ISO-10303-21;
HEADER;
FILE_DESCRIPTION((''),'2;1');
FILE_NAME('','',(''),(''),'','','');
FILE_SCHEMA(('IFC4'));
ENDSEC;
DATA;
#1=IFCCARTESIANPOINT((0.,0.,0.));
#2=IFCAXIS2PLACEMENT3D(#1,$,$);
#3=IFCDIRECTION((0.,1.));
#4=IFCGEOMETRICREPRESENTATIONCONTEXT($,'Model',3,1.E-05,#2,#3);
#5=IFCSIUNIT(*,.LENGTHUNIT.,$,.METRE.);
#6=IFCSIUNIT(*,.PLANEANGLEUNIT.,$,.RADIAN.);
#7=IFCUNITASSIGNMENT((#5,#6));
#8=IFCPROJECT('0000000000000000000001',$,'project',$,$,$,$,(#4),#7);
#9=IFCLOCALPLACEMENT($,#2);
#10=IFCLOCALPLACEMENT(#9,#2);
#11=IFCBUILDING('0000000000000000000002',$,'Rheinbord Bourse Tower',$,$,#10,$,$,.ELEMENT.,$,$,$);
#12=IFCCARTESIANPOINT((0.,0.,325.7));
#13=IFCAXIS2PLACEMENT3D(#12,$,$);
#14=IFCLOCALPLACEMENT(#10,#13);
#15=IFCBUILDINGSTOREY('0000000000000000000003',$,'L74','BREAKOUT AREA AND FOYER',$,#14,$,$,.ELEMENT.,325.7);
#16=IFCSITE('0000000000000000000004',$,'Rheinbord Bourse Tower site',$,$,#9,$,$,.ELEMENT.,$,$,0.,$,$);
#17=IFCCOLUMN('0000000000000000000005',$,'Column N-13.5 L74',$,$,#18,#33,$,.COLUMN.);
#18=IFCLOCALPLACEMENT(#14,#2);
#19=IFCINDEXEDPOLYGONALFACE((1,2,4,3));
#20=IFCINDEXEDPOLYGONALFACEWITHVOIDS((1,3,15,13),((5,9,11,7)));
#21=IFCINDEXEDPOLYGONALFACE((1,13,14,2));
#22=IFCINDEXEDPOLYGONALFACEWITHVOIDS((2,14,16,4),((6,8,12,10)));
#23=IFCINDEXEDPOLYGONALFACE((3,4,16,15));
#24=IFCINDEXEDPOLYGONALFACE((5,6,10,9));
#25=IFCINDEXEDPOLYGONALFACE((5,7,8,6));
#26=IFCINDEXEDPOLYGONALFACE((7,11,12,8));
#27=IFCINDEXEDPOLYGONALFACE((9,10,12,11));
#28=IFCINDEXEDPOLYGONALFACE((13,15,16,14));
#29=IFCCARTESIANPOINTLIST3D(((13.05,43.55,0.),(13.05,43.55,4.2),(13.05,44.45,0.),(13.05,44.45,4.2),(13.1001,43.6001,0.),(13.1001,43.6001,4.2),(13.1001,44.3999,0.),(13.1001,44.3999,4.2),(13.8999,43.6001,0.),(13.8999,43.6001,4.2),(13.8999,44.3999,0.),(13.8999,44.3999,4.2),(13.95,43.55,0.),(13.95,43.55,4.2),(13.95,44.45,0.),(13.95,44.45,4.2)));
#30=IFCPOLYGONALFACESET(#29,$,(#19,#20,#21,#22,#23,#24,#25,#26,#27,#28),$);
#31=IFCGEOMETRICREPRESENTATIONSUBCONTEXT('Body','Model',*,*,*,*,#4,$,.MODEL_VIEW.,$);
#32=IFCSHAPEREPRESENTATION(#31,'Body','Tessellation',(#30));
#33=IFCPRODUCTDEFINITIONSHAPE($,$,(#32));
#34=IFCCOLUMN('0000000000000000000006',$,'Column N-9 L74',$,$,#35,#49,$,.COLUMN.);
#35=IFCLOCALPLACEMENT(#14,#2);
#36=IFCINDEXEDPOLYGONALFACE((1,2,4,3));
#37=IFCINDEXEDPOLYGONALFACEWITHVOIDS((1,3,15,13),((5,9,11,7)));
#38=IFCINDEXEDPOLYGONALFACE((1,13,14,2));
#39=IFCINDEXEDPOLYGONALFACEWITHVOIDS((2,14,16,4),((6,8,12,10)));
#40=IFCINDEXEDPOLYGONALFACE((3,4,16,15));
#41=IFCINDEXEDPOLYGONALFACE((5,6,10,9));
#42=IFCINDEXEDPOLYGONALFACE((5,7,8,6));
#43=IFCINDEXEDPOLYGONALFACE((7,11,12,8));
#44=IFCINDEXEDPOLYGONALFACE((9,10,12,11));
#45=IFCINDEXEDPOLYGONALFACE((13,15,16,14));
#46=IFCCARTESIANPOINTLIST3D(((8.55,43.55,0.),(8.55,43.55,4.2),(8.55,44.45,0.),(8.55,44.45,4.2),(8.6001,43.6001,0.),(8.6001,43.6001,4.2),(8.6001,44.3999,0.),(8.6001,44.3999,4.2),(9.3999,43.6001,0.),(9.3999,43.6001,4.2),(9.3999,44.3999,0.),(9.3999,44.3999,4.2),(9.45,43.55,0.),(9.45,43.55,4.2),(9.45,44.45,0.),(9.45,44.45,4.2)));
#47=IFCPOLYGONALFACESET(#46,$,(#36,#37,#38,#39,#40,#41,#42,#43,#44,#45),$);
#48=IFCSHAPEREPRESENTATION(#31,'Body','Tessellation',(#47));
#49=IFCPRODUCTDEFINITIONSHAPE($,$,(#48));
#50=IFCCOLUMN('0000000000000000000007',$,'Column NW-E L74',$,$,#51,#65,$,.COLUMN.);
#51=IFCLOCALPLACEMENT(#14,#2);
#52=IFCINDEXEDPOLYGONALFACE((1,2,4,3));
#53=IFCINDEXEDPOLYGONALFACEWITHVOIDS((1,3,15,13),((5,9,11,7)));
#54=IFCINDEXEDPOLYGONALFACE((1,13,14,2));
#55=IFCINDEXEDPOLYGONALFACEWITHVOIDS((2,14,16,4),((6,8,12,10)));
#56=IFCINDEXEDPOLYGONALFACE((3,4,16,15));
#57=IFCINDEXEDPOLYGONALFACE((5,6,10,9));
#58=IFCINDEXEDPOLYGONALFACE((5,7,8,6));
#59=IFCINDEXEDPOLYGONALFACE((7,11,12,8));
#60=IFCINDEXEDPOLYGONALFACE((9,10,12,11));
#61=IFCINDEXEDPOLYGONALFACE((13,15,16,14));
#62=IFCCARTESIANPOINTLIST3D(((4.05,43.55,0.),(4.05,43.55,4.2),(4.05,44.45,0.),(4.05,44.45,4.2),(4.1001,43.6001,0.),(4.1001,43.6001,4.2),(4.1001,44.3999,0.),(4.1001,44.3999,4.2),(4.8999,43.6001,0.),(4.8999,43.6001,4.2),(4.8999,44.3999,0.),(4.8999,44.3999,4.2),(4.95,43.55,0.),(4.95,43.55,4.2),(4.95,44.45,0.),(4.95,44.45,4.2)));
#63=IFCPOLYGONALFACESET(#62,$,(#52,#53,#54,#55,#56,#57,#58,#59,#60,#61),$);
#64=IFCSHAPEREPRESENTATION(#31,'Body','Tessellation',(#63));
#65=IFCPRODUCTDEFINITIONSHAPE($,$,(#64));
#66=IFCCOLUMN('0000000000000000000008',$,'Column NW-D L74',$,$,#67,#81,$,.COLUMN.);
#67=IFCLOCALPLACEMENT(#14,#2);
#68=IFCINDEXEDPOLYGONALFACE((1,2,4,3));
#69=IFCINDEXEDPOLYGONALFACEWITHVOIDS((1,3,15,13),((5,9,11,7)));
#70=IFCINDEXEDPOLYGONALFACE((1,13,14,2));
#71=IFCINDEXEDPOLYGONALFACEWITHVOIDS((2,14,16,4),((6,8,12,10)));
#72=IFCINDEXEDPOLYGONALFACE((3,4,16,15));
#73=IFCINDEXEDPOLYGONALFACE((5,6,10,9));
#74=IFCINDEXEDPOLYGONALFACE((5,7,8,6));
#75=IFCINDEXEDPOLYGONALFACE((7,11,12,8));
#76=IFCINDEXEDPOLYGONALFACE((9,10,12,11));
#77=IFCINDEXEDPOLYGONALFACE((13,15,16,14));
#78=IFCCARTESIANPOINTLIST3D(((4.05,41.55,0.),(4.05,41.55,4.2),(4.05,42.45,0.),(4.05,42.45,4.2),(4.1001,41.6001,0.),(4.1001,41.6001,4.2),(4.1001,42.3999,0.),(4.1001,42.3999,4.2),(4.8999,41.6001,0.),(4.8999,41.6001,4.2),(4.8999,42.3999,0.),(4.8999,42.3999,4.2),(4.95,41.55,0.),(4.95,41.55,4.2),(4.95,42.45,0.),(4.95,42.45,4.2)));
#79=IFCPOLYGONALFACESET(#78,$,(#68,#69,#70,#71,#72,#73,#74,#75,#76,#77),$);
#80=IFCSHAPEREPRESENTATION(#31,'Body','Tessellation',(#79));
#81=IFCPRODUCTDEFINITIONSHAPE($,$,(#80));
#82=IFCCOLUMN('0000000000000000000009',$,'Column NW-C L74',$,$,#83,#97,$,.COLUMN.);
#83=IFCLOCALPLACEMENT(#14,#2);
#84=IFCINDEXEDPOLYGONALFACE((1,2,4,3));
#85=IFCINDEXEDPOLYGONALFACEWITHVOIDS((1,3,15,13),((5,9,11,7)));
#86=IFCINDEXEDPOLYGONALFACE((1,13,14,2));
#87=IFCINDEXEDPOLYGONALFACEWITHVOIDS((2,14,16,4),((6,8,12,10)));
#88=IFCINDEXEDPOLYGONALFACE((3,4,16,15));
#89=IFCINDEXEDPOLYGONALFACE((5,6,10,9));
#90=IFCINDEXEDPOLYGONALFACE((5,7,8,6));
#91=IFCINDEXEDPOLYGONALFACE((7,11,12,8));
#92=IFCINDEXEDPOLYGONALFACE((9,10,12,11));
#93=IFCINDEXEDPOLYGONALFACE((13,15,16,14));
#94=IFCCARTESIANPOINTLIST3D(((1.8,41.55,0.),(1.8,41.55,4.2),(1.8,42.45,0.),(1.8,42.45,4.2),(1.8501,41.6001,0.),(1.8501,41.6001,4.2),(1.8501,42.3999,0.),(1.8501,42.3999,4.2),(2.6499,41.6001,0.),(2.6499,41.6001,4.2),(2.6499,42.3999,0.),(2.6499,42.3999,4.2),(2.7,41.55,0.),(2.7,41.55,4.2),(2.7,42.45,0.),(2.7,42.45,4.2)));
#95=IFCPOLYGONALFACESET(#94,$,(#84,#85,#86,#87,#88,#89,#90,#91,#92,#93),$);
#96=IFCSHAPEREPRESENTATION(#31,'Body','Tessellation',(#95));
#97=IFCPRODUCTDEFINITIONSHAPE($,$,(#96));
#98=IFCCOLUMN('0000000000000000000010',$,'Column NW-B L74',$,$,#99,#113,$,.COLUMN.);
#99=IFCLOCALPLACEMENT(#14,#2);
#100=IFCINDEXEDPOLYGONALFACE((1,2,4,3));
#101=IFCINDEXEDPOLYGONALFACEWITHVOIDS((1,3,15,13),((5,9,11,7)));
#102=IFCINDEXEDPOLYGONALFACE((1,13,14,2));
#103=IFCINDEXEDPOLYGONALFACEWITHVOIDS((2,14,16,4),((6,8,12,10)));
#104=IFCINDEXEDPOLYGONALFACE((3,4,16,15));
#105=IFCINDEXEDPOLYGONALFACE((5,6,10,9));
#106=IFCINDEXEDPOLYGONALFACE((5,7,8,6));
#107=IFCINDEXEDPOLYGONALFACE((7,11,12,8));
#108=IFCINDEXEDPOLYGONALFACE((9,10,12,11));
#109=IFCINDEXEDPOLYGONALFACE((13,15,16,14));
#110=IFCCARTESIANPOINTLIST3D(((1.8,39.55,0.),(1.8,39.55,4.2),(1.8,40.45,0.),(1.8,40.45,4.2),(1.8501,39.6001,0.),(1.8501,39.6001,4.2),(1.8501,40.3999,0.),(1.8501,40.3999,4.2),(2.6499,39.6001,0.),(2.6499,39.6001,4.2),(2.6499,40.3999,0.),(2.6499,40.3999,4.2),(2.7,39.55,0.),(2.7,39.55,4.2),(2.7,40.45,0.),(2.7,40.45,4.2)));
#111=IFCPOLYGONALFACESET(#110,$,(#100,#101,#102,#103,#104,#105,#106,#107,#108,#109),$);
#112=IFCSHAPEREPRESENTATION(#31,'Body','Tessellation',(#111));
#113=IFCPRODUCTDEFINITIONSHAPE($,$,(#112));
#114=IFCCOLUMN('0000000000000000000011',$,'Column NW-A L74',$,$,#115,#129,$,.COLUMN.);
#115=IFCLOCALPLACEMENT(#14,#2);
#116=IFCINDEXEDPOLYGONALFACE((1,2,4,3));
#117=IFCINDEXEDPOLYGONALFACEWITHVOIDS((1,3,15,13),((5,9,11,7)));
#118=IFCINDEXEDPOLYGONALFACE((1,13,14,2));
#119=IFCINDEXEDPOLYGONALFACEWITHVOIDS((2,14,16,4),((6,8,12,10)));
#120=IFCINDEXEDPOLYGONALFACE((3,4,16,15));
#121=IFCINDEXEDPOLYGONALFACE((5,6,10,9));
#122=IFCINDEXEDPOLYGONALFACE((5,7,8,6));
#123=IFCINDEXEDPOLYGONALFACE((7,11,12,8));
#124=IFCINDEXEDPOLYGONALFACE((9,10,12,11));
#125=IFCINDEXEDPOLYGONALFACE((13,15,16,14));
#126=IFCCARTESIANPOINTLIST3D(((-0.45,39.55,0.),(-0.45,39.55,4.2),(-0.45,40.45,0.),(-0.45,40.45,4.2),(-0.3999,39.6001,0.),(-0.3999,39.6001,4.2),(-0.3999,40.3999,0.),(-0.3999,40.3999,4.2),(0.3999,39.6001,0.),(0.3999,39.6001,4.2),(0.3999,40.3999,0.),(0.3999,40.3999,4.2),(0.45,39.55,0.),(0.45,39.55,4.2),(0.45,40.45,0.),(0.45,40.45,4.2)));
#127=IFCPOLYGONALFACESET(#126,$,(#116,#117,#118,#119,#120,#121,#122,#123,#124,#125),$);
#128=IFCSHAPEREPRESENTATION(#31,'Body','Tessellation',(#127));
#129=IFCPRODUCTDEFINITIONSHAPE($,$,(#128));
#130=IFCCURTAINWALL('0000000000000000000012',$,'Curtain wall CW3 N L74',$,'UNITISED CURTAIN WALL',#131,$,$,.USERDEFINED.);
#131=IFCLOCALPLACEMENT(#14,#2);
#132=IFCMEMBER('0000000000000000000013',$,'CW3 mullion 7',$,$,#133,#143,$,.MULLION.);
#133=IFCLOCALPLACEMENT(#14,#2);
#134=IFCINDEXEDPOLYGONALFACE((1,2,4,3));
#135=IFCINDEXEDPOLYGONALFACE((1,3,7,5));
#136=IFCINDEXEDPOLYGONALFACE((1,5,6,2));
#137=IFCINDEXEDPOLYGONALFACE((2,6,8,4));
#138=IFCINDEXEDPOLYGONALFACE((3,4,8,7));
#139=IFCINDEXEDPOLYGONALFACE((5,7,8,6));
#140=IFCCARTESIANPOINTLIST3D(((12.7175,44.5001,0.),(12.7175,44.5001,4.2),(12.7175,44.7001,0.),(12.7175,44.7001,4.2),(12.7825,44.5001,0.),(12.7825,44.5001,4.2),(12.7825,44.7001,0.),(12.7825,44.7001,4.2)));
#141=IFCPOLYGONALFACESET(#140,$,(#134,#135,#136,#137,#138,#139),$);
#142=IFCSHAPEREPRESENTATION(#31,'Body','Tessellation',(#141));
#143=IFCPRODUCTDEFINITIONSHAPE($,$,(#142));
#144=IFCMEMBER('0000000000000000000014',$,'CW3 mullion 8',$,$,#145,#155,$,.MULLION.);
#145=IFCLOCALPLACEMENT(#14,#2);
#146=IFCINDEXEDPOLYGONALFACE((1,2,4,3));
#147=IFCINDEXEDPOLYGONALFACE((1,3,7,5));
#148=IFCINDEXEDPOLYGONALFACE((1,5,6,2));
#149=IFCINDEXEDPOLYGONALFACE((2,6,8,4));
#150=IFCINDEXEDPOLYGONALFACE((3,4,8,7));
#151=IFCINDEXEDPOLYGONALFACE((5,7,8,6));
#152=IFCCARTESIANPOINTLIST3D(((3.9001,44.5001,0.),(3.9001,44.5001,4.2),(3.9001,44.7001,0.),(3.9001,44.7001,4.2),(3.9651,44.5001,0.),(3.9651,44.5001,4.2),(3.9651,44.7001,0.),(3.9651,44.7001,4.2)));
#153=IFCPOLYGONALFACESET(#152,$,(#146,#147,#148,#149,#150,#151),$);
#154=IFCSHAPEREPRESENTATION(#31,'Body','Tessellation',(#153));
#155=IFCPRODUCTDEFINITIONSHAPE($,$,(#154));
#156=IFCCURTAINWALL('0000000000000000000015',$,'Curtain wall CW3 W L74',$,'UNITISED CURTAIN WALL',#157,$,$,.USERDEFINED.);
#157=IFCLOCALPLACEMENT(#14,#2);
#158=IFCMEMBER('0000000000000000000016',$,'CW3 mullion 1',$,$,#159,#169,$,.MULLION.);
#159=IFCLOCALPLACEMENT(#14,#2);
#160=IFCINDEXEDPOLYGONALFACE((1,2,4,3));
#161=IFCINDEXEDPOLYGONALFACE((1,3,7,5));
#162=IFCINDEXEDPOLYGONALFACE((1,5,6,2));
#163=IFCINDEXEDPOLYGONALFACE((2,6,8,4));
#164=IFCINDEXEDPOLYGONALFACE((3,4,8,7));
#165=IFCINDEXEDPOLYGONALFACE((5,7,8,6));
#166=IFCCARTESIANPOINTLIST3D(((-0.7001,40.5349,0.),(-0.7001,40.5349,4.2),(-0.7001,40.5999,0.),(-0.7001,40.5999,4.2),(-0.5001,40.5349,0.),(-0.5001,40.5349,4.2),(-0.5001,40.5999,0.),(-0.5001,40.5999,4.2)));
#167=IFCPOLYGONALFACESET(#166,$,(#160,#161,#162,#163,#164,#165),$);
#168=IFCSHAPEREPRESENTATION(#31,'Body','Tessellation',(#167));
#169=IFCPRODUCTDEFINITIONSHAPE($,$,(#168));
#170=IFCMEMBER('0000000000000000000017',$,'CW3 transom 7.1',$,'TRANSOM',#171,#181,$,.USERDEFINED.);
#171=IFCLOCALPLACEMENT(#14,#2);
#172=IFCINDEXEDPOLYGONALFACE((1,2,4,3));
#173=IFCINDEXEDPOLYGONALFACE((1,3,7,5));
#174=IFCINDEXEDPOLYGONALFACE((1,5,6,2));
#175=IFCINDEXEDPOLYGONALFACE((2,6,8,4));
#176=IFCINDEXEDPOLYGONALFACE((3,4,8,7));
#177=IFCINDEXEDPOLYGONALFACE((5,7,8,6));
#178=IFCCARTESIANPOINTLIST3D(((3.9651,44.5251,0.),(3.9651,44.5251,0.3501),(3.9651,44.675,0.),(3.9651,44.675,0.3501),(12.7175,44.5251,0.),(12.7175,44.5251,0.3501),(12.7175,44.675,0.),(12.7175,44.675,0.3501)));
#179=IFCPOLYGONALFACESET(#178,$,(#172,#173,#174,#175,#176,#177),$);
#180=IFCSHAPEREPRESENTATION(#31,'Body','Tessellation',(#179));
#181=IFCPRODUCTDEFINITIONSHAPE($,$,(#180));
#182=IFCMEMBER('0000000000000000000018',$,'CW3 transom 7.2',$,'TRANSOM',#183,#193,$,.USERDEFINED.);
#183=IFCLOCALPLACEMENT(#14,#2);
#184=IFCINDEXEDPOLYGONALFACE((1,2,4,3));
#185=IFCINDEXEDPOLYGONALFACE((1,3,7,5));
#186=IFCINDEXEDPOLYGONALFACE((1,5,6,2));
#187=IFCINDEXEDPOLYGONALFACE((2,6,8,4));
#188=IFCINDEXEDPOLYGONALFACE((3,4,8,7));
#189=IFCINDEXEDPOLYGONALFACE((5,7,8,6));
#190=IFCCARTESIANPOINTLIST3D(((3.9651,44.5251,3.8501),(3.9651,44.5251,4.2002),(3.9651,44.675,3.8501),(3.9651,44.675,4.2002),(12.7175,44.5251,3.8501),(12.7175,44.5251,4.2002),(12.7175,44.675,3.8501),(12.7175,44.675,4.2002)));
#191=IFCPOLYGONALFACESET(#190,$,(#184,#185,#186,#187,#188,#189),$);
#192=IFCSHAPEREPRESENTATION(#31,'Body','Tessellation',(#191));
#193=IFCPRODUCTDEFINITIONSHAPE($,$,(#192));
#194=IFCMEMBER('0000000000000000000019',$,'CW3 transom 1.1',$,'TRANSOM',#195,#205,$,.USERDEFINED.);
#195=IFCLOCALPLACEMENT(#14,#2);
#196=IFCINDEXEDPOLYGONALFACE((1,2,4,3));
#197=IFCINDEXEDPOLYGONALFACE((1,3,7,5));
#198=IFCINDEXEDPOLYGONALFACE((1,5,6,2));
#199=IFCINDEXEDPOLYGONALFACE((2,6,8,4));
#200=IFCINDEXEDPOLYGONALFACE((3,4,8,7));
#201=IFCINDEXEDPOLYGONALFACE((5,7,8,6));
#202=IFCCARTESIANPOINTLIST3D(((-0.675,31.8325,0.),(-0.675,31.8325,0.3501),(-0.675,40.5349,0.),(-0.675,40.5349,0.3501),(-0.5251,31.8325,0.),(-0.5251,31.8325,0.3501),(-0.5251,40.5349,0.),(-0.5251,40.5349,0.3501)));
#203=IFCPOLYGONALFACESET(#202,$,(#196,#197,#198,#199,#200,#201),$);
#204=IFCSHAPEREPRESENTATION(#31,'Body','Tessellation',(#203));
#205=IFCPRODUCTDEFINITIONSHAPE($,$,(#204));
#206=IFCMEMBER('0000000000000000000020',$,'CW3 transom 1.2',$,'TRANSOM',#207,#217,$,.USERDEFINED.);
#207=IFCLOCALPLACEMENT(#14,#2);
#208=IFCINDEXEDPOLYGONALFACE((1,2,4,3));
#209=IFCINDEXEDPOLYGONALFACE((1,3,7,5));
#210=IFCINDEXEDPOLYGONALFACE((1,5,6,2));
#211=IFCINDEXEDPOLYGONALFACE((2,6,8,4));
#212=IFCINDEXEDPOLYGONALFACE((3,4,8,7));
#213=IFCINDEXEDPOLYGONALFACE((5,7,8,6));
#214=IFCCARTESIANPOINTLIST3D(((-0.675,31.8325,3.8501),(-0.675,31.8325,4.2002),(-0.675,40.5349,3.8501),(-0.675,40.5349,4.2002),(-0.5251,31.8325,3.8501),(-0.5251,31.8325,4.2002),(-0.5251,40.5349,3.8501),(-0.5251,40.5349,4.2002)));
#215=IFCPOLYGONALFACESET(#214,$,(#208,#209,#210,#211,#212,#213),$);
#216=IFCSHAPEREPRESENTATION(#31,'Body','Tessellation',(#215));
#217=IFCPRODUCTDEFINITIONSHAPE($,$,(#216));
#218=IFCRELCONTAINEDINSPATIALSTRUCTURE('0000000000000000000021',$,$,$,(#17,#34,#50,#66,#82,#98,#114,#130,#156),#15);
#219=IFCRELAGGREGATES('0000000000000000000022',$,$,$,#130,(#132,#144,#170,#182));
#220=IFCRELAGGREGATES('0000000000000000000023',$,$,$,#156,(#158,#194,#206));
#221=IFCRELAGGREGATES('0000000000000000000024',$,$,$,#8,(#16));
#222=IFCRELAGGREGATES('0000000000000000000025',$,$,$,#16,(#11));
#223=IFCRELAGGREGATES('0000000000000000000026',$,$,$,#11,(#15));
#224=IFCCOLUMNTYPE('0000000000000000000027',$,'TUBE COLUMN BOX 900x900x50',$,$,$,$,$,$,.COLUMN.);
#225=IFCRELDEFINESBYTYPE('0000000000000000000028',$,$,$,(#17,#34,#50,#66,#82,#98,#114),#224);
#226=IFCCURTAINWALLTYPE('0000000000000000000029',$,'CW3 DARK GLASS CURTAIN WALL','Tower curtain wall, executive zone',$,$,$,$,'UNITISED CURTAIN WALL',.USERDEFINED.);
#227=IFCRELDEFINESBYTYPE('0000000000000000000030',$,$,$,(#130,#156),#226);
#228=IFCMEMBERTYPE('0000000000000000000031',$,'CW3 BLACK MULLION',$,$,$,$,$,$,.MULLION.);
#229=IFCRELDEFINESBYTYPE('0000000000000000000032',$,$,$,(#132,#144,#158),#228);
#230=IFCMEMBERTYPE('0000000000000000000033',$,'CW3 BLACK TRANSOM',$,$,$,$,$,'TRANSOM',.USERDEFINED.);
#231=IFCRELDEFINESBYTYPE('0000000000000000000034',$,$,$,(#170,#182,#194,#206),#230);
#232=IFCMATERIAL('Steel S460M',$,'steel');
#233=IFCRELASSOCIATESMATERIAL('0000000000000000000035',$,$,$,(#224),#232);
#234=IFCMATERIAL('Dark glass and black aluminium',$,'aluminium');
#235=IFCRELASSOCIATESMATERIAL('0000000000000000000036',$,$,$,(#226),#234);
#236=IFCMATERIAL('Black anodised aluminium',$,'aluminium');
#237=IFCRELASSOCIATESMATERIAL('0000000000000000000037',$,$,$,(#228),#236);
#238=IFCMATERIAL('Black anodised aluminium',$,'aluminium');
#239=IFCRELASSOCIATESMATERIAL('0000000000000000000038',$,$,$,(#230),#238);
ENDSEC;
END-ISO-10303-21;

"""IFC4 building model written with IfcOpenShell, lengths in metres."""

from ifc_helpers import new_model, si_unit, direction, frame, origin, origin_2d, place, context, subcontext, project, spatial, rectangle, hollow_rectangle, extrude, material, material_profile, profile_set, type_object, element, aggregate, save


model = new_model("IFC4")

# Units and contexts
model_context = context("Model", 3, precision=1e-05, world=origin(), true_north=direction((0.0, 1.0)))
body_context = subcontext(model_context, "Body", "Model", "MODEL_VIEW")
ifc_project = project(units=[si_unit("LENGTHUNIT", "METRE"), si_unit("PLANEANGLEUNIT", "RADIAN")], contexts=[model_context])

# Site, building, storey
site_placement = place(None, origin())
site = spatial("IfcSite", under=ifc_project, at=site_placement, Name="Rheinbord Bourse Tower site", CompositionType="ELEMENT", RefElevation=0.0)
building_placement = place(site_placement, origin())
building = spatial("IfcBuilding", under=site, at=building_placement, Name="Rheinbord Bourse Tower", CompositionType="ELEMENT")
storey_placement = place(building_placement, frame((0.0, 0.0, 325.7)))
storey = spatial("IfcBuildingStorey", under=building, at=storey_placement, Name="L74", Description="BREAKOUT AREA AND FOYER", CompositionType="ELEMENT", Elevation=325.7)

# Columns
ifc_material_1 = material(Name="Steel S460M", Category="steel")
ifc_material_profile_1 = material_profile(ifc_material_1, hollow_rectangle(XDim=0.8999, YDim=0.8999, WallThickness=0.05, at=origin_2d()), Name="BOX 900x900x50")
ifc_profile_set_1 = profile_set([ifc_material_profile_1], Name="Steel S460M")
column_type = type_object("IfcColumnType", Name="TUBE COLUMN BOX 900x900x50", PredefinedType="COLUMN", material=ifc_profile_set_1)
for number, where, z_axis, x_axis, name in (
    (1, (13.5, 44.0, 0.0), (0.0, 0.0, 1.0), (0.0, 1.0, 0.0), "Column N-13.5 L74"),
    (2, (9.0, 44.0, 0.0), (0.0, 0.0, 1.0), (0.0, 1.0, 0.0), "Column N-9 L74"),
    (3, (4.5, 44.0, 0.0), (0.0, 0.0, 1.0), (0.0, 1.0, 0.0), "Column NW-E L74"),
    (4, (4.5, 42.0, 0.0), (0.0, 0.0, 1.0), (0.0, 1.0, 0.0), "Column NW-D L74"),
    (5, (2.25, 42.0, 0.0), (0.0, 0.0, 1.0), (1.0, 0.0, 0.0), "Column NW-C L74"),
    (6, (2.25, 40.0, 0.0), (0.0, 0.0, 1.0), (1.0, 0.0, 0.0), "Column NW-B L74"),
    (7, (0.0, 40.0, 0.0), (0.0, 0.0, 1.0), (1.0, 0.0, 0.0), "Column NW-A L74"),
):
    element("IfcColumn", number, at=place(storey_placement, frame(where, z_axis=z_axis, x_axis=x_axis)), inside=storey, type_object=column_type, Name=name, PredefinedType="COLUMN", context=body_context, shape_type="SweptSolid", body=[
        extrude(hollow_rectangle(XDim=0.8999, YDim=0.8999, WallThickness=0.05, at=origin_2d()), origin(), (0.0, 0.0, 1.0), 4.2),
    ])

# Curtain wall, members
ifc_material_2 = material(Name="Dark glass and black aluminium", Category="aluminium")
curtain_wall_type = type_object("IfcCurtainWallType", Name="CW3 DARK GLASS CURTAIN WALL", Description="Tower curtain wall, executive zone", ElementType="UNITISED CURTAIN WALL", PredefinedType="USERDEFINED", material=ifc_material_2)
curtain_wall_1_placement = place(storey_placement, origin())
curtain_wall_1 = element("IfcCurtainWall", 8, at=curtain_wall_1_placement, inside=storey, type_object=curtain_wall_type, Name="Curtain wall CW3 N L74", ObjectType="UNITISED CURTAIN WALL", PredefinedType="USERDEFINED")
ifc_material_3 = material(Name="Black anodised aluminium", Category="aluminium")
ifc_material_profile_2 = material_profile(ifc_material_3, rectangle(XDim=0.2, YDim=0.0649, at=origin_2d()), Name="CW3 MULLION 65x200")
ifc_profile_set_2 = profile_set([ifc_material_profile_2], Name="Black anodised aluminium")
member_type_1 = type_object("IfcMemberType", Name="CW3 BLACK MULLION", PredefinedType="MULLION", material=ifc_profile_set_2)
member_1_placement = place(storey_placement, frame((12.75, 44.6001, 0.0), z_axis=(0.0, 0.0, 1.0), x_axis=(0.0, -1.0, 0.0)))
member_1 = element("IfcMember", 9, at=member_1_placement, type_object=member_type_1, Name="CW3 mullion 7", PredefinedType="MULLION", context=body_context, shape_type="SweptSolid", body=[
    extrude(rectangle(XDim=0.2, YDim=0.0649, at=origin_2d()), origin(), (0.0, 0.0, 1.0), 4.2),
])
member_2_placement = place(storey_placement, frame((3.9326, 44.6001, 0.0), z_axis=(0.0, 0.0, 1.0), x_axis=(0.0, -1.0, 0.0)))
member_2 = element("IfcMember", 10, at=member_2_placement, type_object=member_type_1, Name="CW3 mullion 8", PredefinedType="MULLION", context=body_context, shape_type="SweptSolid", body=[
    extrude(rectangle(XDim=0.2, YDim=0.0649, at=origin_2d()), origin(), (0.0, 0.0, 1.0), 4.2),
])

# Curtain wall, member
curtain_wall_2_placement = place(storey_placement, origin())
curtain_wall_2 = element("IfcCurtainWall", 11, at=curtain_wall_2_placement, inside=storey, type_object=curtain_wall_type, Name="Curtain wall CW3 W L74", ObjectType="UNITISED CURTAIN WALL", PredefinedType="USERDEFINED")
member_3_placement = place(storey_placement, frame((-0.6001, 40.5674, 0.0), z_axis=(0.0, 0.0, 1.0), x_axis=(1.0, 0.0, 0.0)))
member_3 = element("IfcMember", 12, at=member_3_placement, type_object=member_type_1, Name="CW3 mullion 1", PredefinedType="MULLION", context=body_context, shape_type="SweptSolid", body=[
    extrude(rectangle(XDim=0.2, YDim=0.0649, at=origin_2d()), origin(), (0.0, 0.0, 1.0), 4.2),
])

# Members
ifc_material_4 = material(Name="Black anodised aluminium", Category="aluminium")
ifc_material_profile_3 = material_profile(ifc_material_4, rectangle(XDim=0.1499, YDim=0.3501, at=origin_2d()), Name="CW3 TRANSOM 350x150")
ifc_profile_set_3 = profile_set([ifc_material_profile_3], Name="Black anodised aluminium")
member_type_2 = type_object("IfcMemberType", Name="CW3 BLACK TRANSOM", ElementType="TRANSOM", PredefinedType="USERDEFINED", material=ifc_profile_set_3)
member_4_placement = place(storey_placement, frame((12.7175, 44.6001, 0.175), z_axis=(-1.0, 0.0, 0.0), x_axis=(0.0, -1.0, 0.0)))
member_4 = element("IfcMember", 13, at=member_4_placement, type_object=member_type_2, Name="CW3 transom 7.1", ObjectType="TRANSOM", PredefinedType="USERDEFINED", context=body_context, shape_type="SweptSolid", body=[
    extrude(rectangle(XDim=0.1499, YDim=0.3501, at=origin_2d()), origin(), (0.0, 0.0, 1.0), 8.7524),
])
member_5_placement = place(storey_placement, frame((12.7175, 44.6001, 4.0251), z_axis=(-1.0, 0.0, 0.0), x_axis=(0.0, -1.0, 0.0)))
member_5 = element("IfcMember", 14, at=member_5_placement, type_object=member_type_2, Name="CW3 transom 7.2", ObjectType="TRANSOM", PredefinedType="USERDEFINED", context=body_context, shape_type="SweptSolid", body=[
    extrude(rectangle(XDim=0.1499, YDim=0.3501, at=origin_2d()), origin(), (0.0, 0.0, 1.0), 8.7524),
])
member_6_placement = place(storey_placement, frame((-0.6001, 40.5349, 0.175), z_axis=(0.0, -1.0, 0.0), x_axis=(1.0, 0.0, 0.0)))
member_6 = element("IfcMember", 15, at=member_6_placement, type_object=member_type_2, Name="CW3 transom 1.1", ObjectType="TRANSOM", PredefinedType="USERDEFINED", context=body_context, shape_type="SweptSolid", body=[
    extrude(rectangle(XDim=0.1499, YDim=0.3501, at=origin_2d()), origin(), (0.0, 0.0, 1.0), 8.7024),
])
member_7_placement = place(storey_placement, frame((-0.6001, 40.5349, 4.0251), z_axis=(0.0, -1.0, 0.0), x_axis=(1.0, 0.0, 0.0)))
member_7 = element("IfcMember", 16, at=member_7_placement, type_object=member_type_2, Name="CW3 transom 1.2", ObjectType="TRANSOM", PredefinedType="USERDEFINED", context=body_context, shape_type="SweptSolid", body=[
    extrude(rectangle(XDim=0.1499, YDim=0.3501, at=origin_2d()), origin(), (0.0, 0.0, 1.0), 8.7024),
])

aggregate(curtain_wall_1, [member_1, member_2, member_4, member_5])
aggregate(curtain_wall_2, [member_3, member_6, member_7])

save(model, "model.ifc")
